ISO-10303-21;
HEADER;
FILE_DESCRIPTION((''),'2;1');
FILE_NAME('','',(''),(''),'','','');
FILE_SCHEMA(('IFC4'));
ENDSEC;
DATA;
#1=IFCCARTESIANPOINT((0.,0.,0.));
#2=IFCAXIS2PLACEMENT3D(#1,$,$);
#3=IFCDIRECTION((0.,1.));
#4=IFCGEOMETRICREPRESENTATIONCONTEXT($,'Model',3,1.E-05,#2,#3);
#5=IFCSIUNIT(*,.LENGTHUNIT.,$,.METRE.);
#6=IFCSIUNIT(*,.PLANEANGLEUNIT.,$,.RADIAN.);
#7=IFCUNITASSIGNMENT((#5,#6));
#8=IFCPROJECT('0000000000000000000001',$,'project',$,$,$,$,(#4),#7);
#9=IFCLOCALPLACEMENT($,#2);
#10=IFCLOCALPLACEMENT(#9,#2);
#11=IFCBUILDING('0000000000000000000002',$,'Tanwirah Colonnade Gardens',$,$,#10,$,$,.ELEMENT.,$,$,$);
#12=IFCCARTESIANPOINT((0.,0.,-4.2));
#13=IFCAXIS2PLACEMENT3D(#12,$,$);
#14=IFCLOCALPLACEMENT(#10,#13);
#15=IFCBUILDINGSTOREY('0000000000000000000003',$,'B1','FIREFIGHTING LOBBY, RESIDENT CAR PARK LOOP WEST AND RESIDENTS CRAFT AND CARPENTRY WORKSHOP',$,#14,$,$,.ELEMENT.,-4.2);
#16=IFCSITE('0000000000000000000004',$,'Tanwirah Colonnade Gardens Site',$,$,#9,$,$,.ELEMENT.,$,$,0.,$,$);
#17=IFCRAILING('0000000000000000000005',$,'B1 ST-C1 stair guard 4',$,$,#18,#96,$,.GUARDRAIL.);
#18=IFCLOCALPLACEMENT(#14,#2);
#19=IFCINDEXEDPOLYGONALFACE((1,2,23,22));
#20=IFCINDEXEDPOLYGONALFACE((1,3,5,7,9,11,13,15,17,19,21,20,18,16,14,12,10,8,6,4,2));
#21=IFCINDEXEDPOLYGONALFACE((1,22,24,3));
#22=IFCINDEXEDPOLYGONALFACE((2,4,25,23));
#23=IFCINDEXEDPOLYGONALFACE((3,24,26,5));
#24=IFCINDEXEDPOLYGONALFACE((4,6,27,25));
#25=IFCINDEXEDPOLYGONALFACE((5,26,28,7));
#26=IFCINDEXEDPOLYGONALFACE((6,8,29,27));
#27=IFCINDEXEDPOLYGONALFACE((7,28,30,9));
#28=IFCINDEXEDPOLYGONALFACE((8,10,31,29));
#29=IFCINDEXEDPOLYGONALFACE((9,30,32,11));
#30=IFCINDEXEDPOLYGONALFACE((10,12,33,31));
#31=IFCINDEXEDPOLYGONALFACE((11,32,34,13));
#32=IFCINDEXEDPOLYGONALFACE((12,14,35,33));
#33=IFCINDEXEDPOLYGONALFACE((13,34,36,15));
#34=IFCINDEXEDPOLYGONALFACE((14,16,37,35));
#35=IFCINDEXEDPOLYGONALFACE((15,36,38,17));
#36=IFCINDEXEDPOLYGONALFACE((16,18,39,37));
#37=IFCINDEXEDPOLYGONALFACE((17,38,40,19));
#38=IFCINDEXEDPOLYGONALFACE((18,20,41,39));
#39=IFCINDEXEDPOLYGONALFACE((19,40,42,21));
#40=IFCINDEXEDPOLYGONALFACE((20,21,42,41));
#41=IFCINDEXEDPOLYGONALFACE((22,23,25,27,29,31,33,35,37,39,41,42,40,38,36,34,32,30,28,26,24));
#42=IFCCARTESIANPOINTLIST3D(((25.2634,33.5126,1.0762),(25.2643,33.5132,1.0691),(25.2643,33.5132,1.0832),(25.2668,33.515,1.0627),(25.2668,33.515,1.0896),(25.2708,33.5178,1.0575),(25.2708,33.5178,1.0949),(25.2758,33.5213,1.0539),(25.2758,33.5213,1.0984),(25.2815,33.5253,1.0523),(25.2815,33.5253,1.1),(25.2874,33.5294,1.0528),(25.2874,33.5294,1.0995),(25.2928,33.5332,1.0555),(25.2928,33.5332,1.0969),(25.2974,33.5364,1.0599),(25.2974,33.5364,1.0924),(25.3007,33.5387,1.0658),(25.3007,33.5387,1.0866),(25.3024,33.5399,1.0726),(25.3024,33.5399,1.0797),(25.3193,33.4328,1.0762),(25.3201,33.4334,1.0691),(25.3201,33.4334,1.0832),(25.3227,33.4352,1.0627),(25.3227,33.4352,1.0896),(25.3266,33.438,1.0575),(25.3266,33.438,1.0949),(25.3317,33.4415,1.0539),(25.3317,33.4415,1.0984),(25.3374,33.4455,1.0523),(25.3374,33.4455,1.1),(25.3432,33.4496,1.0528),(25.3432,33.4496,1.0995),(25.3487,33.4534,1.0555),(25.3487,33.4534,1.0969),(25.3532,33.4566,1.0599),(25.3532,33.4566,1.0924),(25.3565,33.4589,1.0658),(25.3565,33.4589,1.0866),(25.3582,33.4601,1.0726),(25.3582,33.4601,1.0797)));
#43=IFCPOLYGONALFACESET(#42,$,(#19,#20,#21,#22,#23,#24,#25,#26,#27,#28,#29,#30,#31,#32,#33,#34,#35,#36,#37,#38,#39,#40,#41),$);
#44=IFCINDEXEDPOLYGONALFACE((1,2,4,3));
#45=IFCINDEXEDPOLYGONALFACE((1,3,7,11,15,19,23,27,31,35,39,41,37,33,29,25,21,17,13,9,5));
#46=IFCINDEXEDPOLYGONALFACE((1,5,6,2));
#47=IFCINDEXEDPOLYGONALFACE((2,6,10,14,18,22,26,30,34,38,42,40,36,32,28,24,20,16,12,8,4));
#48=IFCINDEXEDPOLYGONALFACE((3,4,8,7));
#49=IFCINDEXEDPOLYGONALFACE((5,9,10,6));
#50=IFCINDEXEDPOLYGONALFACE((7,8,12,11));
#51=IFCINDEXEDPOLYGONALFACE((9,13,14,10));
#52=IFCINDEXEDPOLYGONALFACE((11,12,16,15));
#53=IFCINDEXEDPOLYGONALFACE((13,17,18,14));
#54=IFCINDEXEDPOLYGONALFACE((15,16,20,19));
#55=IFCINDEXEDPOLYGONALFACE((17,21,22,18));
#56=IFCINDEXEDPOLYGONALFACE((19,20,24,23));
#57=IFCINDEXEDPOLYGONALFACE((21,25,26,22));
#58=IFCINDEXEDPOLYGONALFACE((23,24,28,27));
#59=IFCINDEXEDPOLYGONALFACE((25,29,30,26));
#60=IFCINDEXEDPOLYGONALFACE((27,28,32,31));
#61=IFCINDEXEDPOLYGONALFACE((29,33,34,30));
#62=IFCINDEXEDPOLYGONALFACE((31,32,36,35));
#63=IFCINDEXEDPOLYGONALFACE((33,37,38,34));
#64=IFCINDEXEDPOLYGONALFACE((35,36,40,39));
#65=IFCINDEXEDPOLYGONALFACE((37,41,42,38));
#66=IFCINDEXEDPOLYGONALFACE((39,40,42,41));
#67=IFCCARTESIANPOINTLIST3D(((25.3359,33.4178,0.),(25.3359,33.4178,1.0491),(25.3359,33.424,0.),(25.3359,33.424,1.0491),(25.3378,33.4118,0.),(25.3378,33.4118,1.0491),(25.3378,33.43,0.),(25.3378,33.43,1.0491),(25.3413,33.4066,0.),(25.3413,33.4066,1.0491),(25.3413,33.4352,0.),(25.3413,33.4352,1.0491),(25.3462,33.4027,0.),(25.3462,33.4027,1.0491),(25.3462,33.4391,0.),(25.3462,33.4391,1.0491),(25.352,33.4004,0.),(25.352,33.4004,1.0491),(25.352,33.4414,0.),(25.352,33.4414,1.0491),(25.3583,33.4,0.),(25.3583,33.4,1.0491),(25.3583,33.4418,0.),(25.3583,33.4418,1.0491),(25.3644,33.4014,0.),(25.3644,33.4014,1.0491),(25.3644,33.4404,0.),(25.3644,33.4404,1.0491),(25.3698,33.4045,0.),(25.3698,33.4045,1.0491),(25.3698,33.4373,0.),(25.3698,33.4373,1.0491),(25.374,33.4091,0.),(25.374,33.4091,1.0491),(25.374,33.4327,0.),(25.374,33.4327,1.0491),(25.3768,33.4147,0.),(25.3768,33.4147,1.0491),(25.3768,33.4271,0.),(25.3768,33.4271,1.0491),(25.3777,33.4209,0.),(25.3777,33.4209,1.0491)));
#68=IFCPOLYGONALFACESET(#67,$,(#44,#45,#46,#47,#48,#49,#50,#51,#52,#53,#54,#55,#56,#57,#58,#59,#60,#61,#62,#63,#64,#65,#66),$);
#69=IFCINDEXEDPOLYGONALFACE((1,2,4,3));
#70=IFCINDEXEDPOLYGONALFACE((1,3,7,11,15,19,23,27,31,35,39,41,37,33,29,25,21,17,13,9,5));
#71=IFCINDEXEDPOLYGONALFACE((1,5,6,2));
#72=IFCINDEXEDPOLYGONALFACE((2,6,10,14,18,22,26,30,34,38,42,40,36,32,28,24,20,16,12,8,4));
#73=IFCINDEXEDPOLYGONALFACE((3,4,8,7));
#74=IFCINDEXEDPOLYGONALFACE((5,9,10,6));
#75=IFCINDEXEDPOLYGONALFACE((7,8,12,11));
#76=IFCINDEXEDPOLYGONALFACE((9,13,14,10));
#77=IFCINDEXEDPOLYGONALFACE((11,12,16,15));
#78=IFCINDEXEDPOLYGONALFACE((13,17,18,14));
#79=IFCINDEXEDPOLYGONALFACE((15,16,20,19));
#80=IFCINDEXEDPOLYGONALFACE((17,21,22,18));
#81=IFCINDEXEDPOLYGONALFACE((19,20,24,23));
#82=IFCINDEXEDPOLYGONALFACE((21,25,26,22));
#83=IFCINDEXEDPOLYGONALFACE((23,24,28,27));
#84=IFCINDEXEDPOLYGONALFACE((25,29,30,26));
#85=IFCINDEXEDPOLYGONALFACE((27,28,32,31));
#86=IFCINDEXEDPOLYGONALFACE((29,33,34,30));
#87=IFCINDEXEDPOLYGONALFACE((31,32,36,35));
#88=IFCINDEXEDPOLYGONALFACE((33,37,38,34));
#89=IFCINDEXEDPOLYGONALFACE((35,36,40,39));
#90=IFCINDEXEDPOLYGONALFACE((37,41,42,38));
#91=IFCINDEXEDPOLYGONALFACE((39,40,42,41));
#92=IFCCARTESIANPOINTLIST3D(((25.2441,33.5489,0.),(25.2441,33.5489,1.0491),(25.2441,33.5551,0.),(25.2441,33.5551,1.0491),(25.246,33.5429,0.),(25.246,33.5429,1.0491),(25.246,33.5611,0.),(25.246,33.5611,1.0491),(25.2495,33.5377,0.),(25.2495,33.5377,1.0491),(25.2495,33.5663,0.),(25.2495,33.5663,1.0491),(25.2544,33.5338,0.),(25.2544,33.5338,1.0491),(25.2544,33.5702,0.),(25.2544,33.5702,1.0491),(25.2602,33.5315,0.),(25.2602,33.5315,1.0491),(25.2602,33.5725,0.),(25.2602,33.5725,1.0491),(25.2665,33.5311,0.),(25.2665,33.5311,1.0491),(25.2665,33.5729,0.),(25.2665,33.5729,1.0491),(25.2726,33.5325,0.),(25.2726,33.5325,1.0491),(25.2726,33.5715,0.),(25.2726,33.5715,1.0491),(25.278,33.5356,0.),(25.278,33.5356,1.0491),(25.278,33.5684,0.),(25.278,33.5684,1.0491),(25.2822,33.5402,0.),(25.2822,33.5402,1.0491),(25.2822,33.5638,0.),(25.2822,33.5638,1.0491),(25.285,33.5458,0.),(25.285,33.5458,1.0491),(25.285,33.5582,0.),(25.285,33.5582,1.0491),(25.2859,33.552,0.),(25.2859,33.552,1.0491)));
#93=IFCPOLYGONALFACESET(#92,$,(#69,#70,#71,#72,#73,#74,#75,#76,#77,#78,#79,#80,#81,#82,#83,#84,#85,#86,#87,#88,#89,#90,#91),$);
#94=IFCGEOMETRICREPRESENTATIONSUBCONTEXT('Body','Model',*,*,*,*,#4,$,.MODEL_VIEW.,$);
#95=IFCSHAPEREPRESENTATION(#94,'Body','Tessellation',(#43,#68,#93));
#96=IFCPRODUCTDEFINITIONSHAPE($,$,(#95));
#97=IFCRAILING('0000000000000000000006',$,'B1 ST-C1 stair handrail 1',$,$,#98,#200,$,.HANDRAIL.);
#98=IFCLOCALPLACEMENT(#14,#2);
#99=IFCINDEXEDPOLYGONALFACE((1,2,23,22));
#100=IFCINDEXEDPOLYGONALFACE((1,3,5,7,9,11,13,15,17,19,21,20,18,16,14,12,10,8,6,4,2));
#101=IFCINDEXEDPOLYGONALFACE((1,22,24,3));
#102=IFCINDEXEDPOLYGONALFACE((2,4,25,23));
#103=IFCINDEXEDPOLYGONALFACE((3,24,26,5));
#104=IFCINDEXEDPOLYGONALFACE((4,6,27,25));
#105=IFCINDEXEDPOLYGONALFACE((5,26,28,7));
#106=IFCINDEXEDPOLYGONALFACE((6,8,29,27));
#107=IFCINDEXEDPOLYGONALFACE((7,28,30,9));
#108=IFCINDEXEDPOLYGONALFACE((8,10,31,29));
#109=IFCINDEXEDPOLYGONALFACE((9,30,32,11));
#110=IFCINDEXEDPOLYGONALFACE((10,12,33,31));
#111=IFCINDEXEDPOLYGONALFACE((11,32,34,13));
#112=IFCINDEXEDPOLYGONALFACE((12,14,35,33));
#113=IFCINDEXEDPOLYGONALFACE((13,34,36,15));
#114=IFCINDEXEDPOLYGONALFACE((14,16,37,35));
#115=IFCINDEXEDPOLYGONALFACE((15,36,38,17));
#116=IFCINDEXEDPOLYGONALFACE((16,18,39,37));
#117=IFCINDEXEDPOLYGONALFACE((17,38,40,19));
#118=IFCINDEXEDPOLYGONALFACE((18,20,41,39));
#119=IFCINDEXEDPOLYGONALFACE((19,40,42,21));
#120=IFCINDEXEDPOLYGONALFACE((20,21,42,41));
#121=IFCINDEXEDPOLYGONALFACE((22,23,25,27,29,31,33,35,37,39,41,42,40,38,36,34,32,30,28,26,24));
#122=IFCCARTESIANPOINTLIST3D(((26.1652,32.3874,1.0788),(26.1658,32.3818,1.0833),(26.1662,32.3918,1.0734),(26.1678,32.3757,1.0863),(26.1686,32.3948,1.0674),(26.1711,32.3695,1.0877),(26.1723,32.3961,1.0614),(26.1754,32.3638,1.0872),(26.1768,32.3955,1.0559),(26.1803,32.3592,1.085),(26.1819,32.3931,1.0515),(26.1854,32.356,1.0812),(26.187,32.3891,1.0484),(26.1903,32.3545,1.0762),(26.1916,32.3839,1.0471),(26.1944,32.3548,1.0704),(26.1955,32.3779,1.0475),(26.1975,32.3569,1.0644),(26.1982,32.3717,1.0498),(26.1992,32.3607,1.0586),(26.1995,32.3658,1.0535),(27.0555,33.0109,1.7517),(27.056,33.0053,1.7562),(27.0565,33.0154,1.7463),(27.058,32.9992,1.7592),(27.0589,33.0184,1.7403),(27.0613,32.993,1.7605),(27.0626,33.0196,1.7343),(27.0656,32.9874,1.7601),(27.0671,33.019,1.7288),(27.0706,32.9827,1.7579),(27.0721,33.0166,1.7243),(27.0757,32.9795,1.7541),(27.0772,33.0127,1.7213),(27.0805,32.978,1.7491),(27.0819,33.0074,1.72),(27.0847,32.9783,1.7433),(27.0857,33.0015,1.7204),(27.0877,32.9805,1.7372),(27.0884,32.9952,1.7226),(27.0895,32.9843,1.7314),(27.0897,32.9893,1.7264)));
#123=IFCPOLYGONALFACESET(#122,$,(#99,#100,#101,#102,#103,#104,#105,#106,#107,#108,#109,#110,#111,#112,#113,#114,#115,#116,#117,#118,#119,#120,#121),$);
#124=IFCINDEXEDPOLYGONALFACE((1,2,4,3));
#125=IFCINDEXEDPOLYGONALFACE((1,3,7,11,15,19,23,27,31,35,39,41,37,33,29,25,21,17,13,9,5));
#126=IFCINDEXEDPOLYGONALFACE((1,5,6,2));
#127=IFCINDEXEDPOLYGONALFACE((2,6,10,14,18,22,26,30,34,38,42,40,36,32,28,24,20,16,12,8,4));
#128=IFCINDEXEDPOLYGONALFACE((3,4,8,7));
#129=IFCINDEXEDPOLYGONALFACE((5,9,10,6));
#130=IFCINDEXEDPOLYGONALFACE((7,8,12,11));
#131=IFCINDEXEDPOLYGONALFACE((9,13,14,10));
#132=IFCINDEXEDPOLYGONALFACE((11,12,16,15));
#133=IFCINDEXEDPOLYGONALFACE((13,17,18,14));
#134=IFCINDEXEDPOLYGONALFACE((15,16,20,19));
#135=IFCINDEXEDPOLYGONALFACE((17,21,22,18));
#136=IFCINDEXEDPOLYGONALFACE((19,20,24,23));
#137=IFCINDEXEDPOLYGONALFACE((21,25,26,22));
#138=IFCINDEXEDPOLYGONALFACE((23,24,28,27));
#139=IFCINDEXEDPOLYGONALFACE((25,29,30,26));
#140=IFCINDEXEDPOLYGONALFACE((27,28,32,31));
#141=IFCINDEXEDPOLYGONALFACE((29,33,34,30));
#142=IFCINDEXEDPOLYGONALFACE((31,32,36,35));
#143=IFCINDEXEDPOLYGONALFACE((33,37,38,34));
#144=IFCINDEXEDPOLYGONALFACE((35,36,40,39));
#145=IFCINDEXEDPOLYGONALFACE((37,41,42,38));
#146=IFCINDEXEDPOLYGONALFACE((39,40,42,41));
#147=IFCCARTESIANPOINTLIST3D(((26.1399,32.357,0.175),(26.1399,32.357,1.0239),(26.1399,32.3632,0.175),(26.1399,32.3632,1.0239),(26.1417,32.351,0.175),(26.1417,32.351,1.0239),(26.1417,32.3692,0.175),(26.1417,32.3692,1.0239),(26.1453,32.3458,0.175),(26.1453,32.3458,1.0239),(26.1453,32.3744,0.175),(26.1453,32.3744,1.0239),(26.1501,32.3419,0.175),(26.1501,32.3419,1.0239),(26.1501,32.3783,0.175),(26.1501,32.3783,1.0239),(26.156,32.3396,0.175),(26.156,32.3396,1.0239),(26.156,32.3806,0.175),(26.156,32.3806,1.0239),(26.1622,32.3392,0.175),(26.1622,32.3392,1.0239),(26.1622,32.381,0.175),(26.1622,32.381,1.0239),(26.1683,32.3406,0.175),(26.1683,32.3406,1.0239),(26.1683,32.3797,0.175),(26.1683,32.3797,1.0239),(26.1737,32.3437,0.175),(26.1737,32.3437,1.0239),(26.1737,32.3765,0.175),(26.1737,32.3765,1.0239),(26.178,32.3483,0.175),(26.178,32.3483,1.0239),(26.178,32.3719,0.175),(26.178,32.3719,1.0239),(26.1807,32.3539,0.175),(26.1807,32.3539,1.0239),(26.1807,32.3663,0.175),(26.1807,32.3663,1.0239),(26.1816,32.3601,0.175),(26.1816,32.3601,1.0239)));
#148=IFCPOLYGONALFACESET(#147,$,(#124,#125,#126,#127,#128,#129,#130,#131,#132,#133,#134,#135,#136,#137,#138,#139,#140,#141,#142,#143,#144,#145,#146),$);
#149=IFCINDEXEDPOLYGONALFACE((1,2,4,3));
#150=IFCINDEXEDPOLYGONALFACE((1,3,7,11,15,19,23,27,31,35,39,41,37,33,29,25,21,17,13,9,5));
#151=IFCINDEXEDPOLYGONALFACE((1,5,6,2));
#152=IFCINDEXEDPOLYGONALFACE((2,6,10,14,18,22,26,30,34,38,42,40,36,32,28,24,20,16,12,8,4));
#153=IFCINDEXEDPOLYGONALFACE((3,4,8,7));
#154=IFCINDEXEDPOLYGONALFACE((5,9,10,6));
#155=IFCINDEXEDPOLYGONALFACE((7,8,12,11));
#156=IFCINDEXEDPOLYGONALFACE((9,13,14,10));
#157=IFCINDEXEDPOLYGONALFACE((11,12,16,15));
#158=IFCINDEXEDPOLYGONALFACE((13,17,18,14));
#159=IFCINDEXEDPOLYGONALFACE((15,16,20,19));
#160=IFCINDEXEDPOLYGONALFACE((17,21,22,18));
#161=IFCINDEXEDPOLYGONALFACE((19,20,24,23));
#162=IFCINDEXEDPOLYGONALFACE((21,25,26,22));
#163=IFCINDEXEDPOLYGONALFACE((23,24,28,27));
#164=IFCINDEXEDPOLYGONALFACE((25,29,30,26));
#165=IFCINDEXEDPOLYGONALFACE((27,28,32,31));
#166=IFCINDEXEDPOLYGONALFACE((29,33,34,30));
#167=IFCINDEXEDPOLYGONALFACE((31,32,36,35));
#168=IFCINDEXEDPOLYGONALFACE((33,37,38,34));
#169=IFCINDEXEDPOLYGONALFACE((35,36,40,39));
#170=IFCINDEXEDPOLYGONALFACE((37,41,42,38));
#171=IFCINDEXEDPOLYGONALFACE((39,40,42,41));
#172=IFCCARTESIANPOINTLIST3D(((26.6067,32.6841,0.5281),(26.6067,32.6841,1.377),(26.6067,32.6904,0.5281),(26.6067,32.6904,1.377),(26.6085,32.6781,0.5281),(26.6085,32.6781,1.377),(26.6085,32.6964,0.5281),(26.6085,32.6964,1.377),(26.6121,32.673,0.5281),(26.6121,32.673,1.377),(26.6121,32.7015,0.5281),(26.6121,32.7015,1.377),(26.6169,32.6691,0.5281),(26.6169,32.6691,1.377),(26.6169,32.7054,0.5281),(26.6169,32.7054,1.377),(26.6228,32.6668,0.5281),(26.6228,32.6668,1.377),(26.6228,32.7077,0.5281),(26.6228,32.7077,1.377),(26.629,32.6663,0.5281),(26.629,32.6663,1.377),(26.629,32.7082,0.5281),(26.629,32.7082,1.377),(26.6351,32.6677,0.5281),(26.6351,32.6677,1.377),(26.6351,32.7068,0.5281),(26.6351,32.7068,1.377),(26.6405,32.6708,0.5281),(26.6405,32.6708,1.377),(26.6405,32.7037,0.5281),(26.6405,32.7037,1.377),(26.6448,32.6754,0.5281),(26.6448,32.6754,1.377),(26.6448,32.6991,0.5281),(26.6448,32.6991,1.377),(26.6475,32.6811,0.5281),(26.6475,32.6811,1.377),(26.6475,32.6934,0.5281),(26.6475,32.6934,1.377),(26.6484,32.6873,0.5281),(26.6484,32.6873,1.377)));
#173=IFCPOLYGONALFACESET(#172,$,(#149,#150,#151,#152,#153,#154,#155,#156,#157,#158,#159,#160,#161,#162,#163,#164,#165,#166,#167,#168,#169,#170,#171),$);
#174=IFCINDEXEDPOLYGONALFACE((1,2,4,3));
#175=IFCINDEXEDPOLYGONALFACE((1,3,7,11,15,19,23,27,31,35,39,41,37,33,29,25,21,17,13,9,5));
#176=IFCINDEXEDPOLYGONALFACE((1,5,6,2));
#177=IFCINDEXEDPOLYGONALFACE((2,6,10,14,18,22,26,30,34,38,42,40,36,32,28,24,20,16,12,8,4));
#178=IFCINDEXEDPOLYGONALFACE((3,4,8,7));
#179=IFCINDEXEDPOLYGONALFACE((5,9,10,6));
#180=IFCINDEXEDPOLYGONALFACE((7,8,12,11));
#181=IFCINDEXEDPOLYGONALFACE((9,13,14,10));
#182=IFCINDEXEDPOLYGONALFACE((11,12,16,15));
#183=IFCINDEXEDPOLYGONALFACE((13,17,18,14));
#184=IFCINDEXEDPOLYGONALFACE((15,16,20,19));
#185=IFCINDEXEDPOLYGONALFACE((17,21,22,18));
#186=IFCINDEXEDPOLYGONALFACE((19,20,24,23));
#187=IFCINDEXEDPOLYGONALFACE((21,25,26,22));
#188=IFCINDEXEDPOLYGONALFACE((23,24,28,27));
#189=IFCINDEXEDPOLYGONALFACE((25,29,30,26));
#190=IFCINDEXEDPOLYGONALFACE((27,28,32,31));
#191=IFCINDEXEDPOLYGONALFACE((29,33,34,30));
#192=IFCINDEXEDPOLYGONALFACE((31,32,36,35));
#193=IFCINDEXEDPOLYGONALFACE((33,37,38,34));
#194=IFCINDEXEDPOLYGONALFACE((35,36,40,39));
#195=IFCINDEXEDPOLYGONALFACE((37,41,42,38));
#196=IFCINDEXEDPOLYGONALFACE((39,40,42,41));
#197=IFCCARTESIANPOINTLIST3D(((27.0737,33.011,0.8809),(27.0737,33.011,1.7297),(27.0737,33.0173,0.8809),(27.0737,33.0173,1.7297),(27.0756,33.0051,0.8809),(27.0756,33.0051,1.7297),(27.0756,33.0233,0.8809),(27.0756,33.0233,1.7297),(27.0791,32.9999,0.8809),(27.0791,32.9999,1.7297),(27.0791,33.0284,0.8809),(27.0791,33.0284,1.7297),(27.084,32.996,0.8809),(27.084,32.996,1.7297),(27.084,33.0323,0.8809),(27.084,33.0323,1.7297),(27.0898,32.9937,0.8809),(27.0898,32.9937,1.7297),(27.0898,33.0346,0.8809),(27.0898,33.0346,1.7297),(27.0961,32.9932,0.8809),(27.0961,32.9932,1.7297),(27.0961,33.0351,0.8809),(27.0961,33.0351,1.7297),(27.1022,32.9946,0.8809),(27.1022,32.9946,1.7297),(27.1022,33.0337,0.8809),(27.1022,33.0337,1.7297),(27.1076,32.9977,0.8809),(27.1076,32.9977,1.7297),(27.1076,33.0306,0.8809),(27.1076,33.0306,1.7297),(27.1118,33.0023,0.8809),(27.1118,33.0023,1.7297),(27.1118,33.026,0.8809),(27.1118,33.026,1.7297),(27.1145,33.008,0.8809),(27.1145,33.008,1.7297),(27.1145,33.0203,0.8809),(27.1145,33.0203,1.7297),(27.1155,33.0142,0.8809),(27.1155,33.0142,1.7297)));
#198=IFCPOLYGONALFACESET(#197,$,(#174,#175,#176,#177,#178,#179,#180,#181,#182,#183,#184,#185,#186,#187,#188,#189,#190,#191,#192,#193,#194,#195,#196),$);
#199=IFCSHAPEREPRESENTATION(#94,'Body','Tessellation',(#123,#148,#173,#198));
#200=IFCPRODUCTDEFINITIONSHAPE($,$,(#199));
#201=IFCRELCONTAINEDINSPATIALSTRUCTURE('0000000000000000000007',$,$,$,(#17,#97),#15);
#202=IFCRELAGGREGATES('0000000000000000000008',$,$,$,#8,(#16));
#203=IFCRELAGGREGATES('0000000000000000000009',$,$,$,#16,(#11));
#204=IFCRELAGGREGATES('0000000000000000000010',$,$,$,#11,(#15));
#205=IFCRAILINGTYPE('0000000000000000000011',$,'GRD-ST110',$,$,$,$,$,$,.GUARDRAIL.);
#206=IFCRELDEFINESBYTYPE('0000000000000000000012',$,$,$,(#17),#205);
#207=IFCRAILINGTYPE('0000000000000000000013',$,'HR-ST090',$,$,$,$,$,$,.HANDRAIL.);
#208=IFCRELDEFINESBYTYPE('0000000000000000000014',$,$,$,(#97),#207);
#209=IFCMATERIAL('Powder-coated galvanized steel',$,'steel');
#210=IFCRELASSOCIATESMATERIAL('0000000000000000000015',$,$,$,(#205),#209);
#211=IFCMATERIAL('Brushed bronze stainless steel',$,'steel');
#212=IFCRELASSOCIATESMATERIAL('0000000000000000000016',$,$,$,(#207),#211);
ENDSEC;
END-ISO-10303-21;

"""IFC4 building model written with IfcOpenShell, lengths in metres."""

from ifc_helpers import new_model, si_unit, direction, frame, origin, origin_2d, place, context, subcontext, project, spatial, circle, extrude, material, type_object, element, save


model = new_model("IFC4")

# Units and contexts
model_context = context("Model", 3, precision=1e-05, world=origin(), true_north=direction((0.0, 1.0)))
body_context = subcontext(model_context, "Body", "Model", "MODEL_VIEW")
ifc_project = project(units=[si_unit("LENGTHUNIT", "METRE"), si_unit("PLANEANGLEUNIT", "RADIAN")], contexts=[model_context])

# Site, building, storey
site_placement = place(None, origin())
site = spatial("IfcSite", under=ifc_project, at=site_placement, Name="Tanwirah Colonnade Gardens Site", CompositionType="ELEMENT", RefElevation=0.0)
building_placement = place(site_placement, origin())
building = spatial("IfcBuilding", under=site, at=building_placement, Name="Tanwirah Colonnade Gardens", CompositionType="ELEMENT")
storey_placement = place(building_placement, frame((0.0, 0.0, -4.2)))
storey = spatial("IfcBuildingStorey", under=building, at=storey_placement, Name="B1", Description="FIREFIGHTING LOBBY, RESIDENT CAR PARK LOOP WEST AND RESIDENTS CRAFT AND CARPENTRY WORKSHOP", CompositionType="ELEMENT", Elevation=-4.2)

# Railings
ifc_material_1 = material(Name="Powder-coated galvanized steel", Category="steel")
railing_type_1 = type_object("IfcRailingType", Name="GRD-ST110", PredefinedType="GUARDRAIL", material=ifc_material_1)
railing_1_placement = place(storey_placement, frame((25.3567, 33.4209, 0.0)))
element("IfcRailing", 1, at=railing_1_placement, inside=storey, type_object=railing_type_1, Name="B1 ST-C1 stair guard 4", PredefinedType="GUARDRAIL", context=body_context, shape_type="SweptSolid", body=[
    extrude(circle(Radius=0.0239, at=origin_2d()), frame((-0.0178, 0.0256, 1.0762), z_axis=(-0.573565, 0.81916, 0.0), x_axis=(-0.81916, -0.573565, 0.0)), (0.0, 0.0, 1.0), 0.0974),
    extrude(circle(Radius=0.021, at=origin_2d()), origin(), (0.0, 0.0, 1.0), 1.0491),
    extrude(circle(Radius=0.021, at=origin_2d()), frame((-0.0918, 0.1311, 0.0)), (0.0, 0.0, 1.0), 1.0491),
])
ifc_material_2 = material(Name="Brushed bronze stainless steel", Category="steel")
railing_type_2 = type_object("IfcRailingType", Name="HR-ST090", PredefinedType="HANDRAIL", material=ifc_material_2)
railing_2_placement = place(storey_placement, frame((26.1606, 32.3601, 0.175)))
element("IfcRailing", 2, at=railing_2_placement, inside=storey, type_object=railing_type_2, Name="B1 ST-C1 stair handrail 1", PredefinedType="HANDRAIL", context=body_context, shape_type="SweptSolid", body=[
    extrude(circle(Radius=0.0239, at=origin_2d()), frame((0.0217, 0.0151, 0.8923), z_axis=(0.696427, 0.487772, 0.526372), x_axis=(-0.573678, 0.819081, 0.0)), (0.0, 0.0, 1.0), 1.2783),
    extrude(circle(Radius=0.021, at=origin_2d()), origin(), (0.0, 0.0, 1.0), 0.8489),
    extrude(circle(Radius=0.021, at=origin_2d()), frame((0.4668, 0.3271, 0.353)), (0.0, 0.0, 1.0), 0.8489),
    extrude(circle(Radius=0.021, at=origin_2d()), frame((0.9338, 0.6541, 0.7058)), (0.0, 0.0, 1.0), 0.8489),
])

save(model, "model.ifc")
